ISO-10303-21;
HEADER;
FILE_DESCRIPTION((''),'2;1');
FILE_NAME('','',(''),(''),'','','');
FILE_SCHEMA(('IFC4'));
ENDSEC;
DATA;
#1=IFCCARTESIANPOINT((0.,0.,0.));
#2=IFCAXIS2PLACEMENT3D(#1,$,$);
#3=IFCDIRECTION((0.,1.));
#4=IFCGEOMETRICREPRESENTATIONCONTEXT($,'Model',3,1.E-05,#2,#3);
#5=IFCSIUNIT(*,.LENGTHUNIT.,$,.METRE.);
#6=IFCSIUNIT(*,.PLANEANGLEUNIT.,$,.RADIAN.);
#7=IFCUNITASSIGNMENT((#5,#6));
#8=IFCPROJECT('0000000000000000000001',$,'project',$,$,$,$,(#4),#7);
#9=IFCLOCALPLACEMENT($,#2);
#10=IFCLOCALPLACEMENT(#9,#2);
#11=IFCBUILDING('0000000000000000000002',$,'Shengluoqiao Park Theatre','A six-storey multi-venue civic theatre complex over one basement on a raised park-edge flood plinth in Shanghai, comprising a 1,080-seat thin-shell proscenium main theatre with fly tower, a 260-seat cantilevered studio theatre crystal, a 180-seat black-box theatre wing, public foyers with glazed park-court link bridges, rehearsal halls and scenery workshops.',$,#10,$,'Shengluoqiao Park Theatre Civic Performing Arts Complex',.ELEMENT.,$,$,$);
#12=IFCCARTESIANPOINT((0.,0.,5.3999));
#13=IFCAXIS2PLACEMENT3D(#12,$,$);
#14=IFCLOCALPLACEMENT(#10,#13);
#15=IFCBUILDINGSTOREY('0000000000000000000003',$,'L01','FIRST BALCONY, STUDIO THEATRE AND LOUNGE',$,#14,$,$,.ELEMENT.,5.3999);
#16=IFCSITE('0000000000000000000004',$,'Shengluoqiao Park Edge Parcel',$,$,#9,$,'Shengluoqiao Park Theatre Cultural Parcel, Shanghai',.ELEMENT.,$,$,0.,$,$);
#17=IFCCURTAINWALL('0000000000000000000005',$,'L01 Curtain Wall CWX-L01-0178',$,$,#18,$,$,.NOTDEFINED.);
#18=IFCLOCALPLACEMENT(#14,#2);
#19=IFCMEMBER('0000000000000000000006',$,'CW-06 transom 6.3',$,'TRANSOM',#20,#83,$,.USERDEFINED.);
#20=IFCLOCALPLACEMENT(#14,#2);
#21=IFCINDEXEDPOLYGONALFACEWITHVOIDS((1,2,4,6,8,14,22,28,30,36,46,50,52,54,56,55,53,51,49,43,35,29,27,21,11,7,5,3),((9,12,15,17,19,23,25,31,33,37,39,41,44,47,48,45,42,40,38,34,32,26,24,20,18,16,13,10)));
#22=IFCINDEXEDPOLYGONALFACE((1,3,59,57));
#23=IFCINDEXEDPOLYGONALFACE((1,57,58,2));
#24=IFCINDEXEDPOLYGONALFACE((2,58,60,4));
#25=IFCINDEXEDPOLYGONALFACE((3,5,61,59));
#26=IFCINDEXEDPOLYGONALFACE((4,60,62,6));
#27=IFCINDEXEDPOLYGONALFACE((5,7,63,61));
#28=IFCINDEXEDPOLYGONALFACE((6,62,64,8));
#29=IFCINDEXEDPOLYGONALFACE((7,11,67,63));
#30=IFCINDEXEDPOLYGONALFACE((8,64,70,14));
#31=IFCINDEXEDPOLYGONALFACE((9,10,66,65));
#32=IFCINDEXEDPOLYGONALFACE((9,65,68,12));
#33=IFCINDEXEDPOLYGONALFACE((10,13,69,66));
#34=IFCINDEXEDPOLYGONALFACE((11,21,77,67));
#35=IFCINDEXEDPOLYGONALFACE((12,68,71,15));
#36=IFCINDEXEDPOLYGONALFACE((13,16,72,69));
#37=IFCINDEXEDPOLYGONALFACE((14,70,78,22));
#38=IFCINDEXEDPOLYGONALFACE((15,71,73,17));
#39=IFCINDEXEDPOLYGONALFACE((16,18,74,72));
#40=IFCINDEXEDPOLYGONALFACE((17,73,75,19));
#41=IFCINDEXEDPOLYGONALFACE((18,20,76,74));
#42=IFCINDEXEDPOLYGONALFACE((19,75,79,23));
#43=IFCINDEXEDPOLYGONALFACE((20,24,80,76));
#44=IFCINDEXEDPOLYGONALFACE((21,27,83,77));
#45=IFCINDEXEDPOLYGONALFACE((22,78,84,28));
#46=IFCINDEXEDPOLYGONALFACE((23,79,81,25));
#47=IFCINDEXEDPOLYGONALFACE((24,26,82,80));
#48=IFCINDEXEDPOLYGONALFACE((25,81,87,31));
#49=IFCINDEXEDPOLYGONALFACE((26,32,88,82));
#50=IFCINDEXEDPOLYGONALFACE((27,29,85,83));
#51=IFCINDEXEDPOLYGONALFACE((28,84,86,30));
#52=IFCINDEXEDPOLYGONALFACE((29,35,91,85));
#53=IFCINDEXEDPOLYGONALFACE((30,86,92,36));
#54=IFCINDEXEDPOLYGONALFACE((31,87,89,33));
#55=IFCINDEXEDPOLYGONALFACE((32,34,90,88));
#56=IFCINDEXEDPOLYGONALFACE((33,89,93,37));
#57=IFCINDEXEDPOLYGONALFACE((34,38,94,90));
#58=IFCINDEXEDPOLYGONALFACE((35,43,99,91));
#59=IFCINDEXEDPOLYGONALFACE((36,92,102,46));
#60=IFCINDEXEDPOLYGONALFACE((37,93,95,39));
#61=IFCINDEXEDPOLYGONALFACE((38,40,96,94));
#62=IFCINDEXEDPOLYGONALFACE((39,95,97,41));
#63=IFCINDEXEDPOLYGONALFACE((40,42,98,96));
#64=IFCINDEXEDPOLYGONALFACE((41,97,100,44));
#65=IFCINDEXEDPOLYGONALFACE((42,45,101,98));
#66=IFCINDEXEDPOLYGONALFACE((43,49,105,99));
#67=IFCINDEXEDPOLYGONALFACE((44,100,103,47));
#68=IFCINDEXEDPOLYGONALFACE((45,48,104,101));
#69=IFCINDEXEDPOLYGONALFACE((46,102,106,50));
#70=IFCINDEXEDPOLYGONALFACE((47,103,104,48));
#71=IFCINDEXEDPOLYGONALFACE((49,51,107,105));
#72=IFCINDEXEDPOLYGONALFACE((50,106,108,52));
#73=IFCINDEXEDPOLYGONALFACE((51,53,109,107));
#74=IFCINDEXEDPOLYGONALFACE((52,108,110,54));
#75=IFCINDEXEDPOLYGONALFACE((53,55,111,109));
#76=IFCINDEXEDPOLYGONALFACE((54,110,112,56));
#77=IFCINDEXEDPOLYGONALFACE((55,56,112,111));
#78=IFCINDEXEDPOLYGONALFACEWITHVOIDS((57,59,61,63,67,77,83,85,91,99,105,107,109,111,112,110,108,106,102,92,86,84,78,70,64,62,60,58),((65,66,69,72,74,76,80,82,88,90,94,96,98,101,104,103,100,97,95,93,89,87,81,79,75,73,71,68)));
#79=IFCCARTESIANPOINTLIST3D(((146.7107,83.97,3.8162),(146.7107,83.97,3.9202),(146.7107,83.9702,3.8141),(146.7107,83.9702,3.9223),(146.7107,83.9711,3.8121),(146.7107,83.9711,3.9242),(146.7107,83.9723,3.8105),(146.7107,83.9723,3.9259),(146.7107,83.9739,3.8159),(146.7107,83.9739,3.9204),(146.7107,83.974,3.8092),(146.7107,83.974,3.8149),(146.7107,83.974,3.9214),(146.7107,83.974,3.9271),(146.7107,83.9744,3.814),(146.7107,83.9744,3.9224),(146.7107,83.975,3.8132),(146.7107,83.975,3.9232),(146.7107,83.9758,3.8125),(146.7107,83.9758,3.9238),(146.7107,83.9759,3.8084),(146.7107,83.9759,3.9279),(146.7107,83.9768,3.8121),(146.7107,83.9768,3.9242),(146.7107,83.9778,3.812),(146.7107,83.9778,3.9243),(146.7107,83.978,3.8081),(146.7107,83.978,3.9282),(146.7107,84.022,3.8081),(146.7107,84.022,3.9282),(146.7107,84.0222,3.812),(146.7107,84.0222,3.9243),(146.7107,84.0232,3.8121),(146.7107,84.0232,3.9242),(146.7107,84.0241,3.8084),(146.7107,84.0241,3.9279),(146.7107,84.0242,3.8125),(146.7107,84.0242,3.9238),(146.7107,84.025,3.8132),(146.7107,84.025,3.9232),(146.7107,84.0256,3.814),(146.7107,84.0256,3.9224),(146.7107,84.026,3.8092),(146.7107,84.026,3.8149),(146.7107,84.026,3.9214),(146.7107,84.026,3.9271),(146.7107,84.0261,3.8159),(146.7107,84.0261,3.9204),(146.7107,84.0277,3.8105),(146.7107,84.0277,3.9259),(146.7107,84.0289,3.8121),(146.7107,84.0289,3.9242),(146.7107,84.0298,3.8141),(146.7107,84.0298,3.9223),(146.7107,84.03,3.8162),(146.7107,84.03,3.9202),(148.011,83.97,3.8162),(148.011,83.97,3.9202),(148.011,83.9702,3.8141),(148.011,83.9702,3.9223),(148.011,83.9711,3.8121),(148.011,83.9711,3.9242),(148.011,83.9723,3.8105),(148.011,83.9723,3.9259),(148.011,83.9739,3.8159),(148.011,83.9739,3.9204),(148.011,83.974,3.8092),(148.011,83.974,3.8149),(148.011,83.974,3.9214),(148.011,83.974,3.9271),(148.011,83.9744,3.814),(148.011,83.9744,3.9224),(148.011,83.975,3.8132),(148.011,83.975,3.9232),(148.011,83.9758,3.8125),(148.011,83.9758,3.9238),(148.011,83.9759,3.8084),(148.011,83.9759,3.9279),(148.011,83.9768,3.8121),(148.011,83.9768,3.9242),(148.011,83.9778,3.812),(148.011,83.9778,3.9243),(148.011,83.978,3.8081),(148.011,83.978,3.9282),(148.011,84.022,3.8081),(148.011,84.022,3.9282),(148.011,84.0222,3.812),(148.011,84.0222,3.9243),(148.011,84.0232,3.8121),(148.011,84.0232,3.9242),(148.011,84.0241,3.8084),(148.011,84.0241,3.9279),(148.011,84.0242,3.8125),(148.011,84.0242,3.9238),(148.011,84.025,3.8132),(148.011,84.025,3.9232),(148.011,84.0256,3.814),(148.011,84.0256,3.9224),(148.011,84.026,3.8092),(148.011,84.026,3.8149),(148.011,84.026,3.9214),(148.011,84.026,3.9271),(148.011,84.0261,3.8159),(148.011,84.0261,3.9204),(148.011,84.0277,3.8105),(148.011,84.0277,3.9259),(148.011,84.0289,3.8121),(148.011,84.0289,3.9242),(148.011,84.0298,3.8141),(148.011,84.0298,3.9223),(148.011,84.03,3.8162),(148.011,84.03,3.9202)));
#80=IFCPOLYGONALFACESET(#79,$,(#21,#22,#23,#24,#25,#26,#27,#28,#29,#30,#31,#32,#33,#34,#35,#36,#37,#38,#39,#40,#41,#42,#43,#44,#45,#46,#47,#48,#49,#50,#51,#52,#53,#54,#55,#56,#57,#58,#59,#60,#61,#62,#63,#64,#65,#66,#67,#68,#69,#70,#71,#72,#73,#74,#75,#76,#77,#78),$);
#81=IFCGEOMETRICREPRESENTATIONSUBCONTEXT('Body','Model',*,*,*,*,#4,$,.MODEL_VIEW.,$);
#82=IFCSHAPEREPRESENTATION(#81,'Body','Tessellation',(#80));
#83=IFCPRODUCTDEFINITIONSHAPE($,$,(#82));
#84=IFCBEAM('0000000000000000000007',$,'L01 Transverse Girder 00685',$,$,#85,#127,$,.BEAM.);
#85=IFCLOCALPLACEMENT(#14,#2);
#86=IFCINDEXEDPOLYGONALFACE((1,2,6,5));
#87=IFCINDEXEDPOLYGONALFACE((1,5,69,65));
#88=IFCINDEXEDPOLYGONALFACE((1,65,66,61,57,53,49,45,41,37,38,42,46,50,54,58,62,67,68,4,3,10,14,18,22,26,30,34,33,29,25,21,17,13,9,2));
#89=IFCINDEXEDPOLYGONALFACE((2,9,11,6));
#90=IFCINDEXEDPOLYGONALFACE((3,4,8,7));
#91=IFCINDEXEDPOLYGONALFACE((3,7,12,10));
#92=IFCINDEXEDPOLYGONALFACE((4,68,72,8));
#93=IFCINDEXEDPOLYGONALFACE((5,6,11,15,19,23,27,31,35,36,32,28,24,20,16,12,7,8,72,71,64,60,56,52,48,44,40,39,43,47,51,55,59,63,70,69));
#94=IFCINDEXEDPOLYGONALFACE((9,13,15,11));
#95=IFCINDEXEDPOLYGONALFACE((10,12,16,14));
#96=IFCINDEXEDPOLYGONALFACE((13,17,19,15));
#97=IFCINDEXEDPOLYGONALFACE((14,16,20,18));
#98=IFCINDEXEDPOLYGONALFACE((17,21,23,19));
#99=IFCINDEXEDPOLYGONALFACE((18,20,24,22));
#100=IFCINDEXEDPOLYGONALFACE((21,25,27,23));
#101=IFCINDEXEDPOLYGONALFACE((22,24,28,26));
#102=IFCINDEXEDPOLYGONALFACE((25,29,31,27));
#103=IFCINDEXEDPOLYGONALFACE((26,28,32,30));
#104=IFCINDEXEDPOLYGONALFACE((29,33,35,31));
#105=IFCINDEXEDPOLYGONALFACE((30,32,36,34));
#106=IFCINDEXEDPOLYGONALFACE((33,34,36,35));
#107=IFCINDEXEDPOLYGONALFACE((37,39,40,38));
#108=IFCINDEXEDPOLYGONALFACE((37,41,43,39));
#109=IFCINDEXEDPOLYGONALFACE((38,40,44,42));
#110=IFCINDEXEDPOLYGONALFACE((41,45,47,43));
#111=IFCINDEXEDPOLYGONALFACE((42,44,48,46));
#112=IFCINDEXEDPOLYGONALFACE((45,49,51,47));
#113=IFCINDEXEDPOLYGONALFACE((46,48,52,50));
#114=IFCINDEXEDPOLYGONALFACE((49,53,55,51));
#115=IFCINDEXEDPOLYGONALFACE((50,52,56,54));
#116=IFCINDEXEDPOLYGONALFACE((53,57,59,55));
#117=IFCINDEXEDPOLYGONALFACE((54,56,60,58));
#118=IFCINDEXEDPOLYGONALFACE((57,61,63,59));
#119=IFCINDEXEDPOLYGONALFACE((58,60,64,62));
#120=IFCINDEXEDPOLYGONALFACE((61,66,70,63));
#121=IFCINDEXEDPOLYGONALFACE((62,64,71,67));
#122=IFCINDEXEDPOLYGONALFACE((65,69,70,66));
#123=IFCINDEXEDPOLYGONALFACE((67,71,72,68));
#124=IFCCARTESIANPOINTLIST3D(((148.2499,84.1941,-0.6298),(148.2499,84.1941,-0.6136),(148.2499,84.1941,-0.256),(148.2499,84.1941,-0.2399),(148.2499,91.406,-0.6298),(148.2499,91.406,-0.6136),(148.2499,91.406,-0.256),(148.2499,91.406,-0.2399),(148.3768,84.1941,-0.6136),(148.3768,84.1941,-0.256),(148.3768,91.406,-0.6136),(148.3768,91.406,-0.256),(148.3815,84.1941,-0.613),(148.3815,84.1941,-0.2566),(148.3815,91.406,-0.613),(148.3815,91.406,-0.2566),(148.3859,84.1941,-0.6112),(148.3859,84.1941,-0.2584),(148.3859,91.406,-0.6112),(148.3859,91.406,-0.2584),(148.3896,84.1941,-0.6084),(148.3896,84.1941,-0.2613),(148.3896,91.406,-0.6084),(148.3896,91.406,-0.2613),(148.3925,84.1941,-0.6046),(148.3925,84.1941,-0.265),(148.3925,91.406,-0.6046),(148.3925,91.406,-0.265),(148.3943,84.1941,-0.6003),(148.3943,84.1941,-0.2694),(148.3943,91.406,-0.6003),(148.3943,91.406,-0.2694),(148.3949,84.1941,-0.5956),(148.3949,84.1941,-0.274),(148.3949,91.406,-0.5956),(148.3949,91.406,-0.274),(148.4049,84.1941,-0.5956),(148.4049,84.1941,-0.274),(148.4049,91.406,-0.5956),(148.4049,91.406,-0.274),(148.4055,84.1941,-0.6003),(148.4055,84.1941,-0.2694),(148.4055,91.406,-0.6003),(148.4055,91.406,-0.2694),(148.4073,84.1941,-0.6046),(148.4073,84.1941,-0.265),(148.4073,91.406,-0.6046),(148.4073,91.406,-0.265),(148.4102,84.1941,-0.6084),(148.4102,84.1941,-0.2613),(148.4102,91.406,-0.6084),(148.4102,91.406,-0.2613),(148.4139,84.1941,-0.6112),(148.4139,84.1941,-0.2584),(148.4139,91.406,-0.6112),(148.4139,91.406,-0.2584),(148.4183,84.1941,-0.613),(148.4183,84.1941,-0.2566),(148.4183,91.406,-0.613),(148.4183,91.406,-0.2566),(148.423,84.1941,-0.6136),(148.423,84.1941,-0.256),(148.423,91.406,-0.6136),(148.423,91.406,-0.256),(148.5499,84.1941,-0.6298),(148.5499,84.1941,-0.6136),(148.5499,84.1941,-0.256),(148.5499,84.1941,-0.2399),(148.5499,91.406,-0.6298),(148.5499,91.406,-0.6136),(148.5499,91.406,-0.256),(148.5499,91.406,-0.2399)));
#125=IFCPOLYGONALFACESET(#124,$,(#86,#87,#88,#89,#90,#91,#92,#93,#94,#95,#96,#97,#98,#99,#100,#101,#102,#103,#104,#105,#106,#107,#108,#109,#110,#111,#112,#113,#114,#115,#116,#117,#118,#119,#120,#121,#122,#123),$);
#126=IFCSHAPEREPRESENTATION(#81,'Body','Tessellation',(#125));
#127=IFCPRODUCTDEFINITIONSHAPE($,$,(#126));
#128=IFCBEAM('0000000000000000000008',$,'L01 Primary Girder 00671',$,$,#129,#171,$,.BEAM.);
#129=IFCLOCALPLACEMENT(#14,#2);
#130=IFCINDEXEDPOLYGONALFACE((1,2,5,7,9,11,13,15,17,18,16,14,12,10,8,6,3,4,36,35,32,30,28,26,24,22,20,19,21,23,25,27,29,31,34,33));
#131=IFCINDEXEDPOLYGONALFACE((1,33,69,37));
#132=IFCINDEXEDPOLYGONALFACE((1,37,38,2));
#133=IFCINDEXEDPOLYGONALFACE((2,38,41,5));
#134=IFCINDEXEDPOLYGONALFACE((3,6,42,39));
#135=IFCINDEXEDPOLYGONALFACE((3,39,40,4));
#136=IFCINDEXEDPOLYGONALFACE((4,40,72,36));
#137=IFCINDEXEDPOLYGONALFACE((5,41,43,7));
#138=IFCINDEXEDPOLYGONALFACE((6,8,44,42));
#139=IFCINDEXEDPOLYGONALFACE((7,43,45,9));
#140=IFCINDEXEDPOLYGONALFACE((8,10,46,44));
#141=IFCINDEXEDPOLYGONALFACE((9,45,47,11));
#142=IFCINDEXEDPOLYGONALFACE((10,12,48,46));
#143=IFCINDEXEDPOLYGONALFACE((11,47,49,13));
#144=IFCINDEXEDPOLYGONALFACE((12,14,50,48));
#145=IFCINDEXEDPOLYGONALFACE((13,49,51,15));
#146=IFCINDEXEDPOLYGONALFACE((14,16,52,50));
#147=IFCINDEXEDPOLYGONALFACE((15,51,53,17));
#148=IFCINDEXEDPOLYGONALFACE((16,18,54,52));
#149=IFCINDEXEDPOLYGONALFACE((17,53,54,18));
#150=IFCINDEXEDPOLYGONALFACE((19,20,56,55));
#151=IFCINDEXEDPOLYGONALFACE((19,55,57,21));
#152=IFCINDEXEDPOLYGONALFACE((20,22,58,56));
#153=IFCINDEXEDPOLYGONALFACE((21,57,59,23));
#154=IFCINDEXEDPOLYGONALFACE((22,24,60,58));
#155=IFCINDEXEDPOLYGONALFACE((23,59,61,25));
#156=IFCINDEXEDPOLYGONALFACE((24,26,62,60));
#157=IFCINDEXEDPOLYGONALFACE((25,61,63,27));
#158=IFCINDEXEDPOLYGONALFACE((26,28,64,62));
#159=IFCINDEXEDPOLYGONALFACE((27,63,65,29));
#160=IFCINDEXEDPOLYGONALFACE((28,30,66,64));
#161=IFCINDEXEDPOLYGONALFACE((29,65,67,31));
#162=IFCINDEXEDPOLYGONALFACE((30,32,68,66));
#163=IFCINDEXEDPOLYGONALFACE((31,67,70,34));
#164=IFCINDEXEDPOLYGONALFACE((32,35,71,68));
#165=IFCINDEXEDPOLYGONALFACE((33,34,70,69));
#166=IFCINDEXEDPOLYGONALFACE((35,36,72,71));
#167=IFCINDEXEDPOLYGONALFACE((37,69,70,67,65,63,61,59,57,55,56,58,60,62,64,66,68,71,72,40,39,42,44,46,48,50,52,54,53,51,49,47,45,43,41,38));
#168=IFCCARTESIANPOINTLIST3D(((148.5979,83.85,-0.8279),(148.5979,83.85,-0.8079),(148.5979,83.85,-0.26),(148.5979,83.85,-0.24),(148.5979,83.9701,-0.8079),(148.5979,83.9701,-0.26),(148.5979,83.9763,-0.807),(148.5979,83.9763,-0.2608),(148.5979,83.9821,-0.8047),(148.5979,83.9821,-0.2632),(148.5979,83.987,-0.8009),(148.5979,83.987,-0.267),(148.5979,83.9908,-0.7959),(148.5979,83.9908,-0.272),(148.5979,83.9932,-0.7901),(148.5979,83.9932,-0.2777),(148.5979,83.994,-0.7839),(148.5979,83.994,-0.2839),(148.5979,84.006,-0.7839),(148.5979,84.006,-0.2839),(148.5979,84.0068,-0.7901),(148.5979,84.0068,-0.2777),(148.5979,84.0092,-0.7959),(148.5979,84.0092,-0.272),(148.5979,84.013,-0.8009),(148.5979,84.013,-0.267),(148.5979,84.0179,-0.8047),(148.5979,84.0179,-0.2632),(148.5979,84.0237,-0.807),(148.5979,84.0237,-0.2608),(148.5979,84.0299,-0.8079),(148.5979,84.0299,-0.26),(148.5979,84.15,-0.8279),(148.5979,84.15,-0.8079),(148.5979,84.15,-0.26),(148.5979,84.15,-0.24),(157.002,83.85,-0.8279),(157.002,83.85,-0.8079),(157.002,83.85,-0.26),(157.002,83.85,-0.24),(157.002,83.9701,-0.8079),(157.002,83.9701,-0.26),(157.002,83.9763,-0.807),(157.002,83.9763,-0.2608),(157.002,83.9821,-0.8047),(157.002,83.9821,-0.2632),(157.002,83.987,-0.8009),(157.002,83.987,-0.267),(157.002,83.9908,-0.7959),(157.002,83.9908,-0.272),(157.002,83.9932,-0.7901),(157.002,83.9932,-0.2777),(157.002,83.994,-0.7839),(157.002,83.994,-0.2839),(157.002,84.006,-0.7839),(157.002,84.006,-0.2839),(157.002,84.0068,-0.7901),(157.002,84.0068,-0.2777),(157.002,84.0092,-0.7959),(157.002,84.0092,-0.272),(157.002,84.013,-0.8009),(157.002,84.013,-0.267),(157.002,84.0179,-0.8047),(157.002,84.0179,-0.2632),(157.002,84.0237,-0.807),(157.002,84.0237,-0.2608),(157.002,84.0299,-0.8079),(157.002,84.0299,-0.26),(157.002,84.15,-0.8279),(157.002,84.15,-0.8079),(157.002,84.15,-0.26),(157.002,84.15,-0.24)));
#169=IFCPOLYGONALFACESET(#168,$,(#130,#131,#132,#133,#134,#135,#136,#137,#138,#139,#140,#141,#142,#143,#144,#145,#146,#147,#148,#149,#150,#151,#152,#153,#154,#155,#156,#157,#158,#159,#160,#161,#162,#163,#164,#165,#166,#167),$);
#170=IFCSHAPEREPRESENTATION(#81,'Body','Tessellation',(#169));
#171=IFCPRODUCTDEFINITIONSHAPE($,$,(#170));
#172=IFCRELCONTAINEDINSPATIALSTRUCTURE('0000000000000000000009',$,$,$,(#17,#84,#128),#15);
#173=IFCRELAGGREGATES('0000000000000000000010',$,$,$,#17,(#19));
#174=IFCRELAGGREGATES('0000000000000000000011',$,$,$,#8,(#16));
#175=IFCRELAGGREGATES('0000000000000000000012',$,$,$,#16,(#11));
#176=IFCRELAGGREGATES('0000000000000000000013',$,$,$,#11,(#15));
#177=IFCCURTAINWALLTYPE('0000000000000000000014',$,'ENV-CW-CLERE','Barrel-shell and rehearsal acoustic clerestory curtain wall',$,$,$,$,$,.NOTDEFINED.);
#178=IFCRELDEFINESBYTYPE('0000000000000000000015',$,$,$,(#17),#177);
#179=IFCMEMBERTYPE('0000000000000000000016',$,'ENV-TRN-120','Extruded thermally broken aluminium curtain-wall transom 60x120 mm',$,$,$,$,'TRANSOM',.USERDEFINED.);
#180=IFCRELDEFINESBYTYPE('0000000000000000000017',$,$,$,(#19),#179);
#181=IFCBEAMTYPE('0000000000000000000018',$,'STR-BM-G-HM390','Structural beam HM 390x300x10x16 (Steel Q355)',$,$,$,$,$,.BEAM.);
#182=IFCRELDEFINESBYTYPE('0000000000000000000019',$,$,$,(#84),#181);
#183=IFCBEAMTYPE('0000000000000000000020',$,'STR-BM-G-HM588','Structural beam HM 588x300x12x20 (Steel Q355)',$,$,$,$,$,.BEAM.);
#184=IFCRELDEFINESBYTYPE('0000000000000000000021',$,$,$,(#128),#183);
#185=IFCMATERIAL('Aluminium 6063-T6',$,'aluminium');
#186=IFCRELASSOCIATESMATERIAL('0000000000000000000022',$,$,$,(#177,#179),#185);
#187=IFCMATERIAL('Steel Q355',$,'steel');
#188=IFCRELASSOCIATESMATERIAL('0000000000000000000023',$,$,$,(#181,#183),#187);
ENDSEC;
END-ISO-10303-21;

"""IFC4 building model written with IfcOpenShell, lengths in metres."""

from ifc_helpers import new_model, si_unit, direction, frame, origin, origin_2d, place, context, subcontext, project, spatial, hollow_rectangle, i_section, extrude, material, material_profile, profile_set, type_object, element, aggregate, save


model = new_model("IFC4")

# Units and contexts
model_context = context("Model", 3, precision=1e-05, world=origin(), true_north=direction((0.0, 1.0)))
body_context = subcontext(model_context, "Body", "Model", "MODEL_VIEW")
ifc_project = project(units=[si_unit("LENGTHUNIT", "METRE"), si_unit("PLANEANGLEUNIT", "RADIAN")], contexts=[model_context])

# Site, building, storey
site_placement = place(None, origin())
site = spatial("IfcSite", under=ifc_project, at=site_placement, Name="Shengluoqiao Park Edge Parcel", LongName="Shengluoqiao Park Theatre Cultural Parcel, Shanghai", CompositionType="ELEMENT", RefElevation=0.0)
building_placement = place(site_placement, origin())
building = spatial("IfcBuilding", under=site, at=building_placement, Name="Shengluoqiao Park Theatre", Description="A six-storey multi-venue civic theatre complex over one basement on a raised park-edge flood plinth in Shanghai, comprising a 1,080-seat thin-shell proscenium main theatre with fly tower, a 260-seat cantilevered studio theatre crystal, a 180-seat black-box theatre wing, public foyers with glazed park-court link bridges, rehearsal halls and scenery workshops.", LongName="Shengluoqiao Park Theatre Civic Performing Arts Complex", CompositionType="ELEMENT")
storey_placement = place(building_placement, frame((0.0, 0.0, 5.3999)))
storey = spatial("IfcBuildingStorey", under=building, at=storey_placement, Name="L01", Description="FIRST BALCONY, STUDIO THEATRE AND LOUNGE", CompositionType="ELEMENT", Elevation=5.3999)

# Shared definitions
ifc_material_1 = material(Name="Aluminium 6063-T6", Category="aluminium")

# Curtain wall
curtain_wall_type_1 = type_object("IfcCurtainWallType", Name="ENV-CW-CLERE", Description="Barrel-shell and rehearsal acoustic clerestory curtain wall", PredefinedType="NOTDEFINED", material=ifc_material_1)
curtain_wall_1_placement = place(storey_placement, origin())
curtain_wall_1 = element("IfcCurtainWall", 1, at=curtain_wall_1_placement, inside=storey, type_object=curtain_wall_type_1, Name="L01 Curtain Wall CWX-L01-0178", PredefinedType="NOTDEFINED")

# Member
ifc_material_profile_1 = material_profile(ifc_material_1, hollow_rectangle(XDim=0.0601, YDim=0.1201, WallThickness=0.0039, InnerFilletRadius=0.0039, OuterFilletRadius=0.0081, at=origin_2d()), Name="ALU TRANSOM 120x60x4")
ifc_profile_set_1 = profile_set([ifc_material_profile_1], Name="Aluminium 6063-T6")
member_type_1 = type_object("IfcMemberType", Name="ENV-TRN-120", Description="Extruded thermally broken aluminium curtain-wall transom 60x120 mm", ElementType="TRANSOM", PredefinedType="USERDEFINED", material=ifc_profile_set_1)
member_1_placement = place(storey_placement, frame((146.7107, 84.0, 3.8682), z_axis=(1.0, 0.0, 0.0), x_axis=(0.0, 1.0, 0.0)))
member_1 = element("IfcMember", 2, at=member_1_placement, type_object=member_type_1, Name="CW-06 transom 6.3", ObjectType="TRANSOM", PredefinedType="USERDEFINED", context=body_context, shape_type="SweptSolid", body=[
    extrude(hollow_rectangle(XDim=0.0601, YDim=0.1201, WallThickness=0.0039, InnerFilletRadius=0.0039, OuterFilletRadius=0.0081, at=origin_2d()), origin(), (0.0, 0.0, 1.0), 1.3003),
])

# Beams
ifc_material_2 = material(Name="Steel Q355", Category="steel")
ifc_material_profile_2 = material_profile(ifc_material_2, i_section(OverallWidth=0.3, OverallDepth=0.3899, WebThickness=0.01, FlangeThickness=0.0161, FilletRadius=0.0181, at=origin_2d()), Name="HM 390x300x10x16")
ifc_profile_set_2 = profile_set([ifc_material_profile_2], Name="Steel Q355")
beam_type_1 = type_object("IfcBeamType", Name="STR-BM-G-HM390", Description="Structural beam HM 390x300x10x16 (Steel Q355)", PredefinedType="BEAM", material=ifc_profile_set_2)
beam_1_placement = place(storey_placement, frame((148.3999, 84.1941, -0.4348), z_axis=(0.0, 1.0, 0.0), x_axis=(-1.0, 0.0, 0.0)))
element("IfcBeam", 3, at=beam_1_placement, inside=storey, type_object=beam_type_1, Name="L01 Transverse Girder 00685", PredefinedType="BEAM", context=body_context, shape_type="SweptSolid", body=[
    extrude(i_section(OverallWidth=0.3, OverallDepth=0.3899, WebThickness=0.01, FlangeThickness=0.0161, FilletRadius=0.0181, at=origin_2d()), origin(), (0.0, 0.0, 1.0), 7.2119),
])
ifc_material_profile_3 = material_profile(ifc_material_2, i_section(OverallWidth=0.3, OverallDepth=0.5879, WebThickness=0.012, FlangeThickness=0.02, FilletRadius=0.0239, at=origin_2d()), Name="HM 588x300x12x20")
ifc_profile_set_3 = profile_set([ifc_material_profile_3], Name="Steel Q355")
beam_type_2 = type_object("IfcBeamType", Name="STR-BM-G-HM588", Description="Structural beam HM 588x300x12x20 (Steel Q355)", PredefinedType="BEAM", material=ifc_profile_set_3)
beam_2_placement = place(storey_placement, frame((148.5979, 84.0, -0.5339), z_axis=(1.0, 0.0, 0.0), x_axis=(0.0, 1.0, 0.0)))
element("IfcBeam", 4, at=beam_2_placement, inside=storey, type_object=beam_type_2, Name="L01 Primary Girder 00671", PredefinedType="BEAM", context=body_context, shape_type="SweptSolid", body=[
    extrude(i_section(OverallWidth=0.3, OverallDepth=0.5879, WebThickness=0.012, FlangeThickness=0.02, FilletRadius=0.0239, at=origin_2d()), origin(), (0.0, 0.0, 1.0), 8.4041),
])

aggregate(curtain_wall_1, [member_1])

save(model, "model.ifc")
